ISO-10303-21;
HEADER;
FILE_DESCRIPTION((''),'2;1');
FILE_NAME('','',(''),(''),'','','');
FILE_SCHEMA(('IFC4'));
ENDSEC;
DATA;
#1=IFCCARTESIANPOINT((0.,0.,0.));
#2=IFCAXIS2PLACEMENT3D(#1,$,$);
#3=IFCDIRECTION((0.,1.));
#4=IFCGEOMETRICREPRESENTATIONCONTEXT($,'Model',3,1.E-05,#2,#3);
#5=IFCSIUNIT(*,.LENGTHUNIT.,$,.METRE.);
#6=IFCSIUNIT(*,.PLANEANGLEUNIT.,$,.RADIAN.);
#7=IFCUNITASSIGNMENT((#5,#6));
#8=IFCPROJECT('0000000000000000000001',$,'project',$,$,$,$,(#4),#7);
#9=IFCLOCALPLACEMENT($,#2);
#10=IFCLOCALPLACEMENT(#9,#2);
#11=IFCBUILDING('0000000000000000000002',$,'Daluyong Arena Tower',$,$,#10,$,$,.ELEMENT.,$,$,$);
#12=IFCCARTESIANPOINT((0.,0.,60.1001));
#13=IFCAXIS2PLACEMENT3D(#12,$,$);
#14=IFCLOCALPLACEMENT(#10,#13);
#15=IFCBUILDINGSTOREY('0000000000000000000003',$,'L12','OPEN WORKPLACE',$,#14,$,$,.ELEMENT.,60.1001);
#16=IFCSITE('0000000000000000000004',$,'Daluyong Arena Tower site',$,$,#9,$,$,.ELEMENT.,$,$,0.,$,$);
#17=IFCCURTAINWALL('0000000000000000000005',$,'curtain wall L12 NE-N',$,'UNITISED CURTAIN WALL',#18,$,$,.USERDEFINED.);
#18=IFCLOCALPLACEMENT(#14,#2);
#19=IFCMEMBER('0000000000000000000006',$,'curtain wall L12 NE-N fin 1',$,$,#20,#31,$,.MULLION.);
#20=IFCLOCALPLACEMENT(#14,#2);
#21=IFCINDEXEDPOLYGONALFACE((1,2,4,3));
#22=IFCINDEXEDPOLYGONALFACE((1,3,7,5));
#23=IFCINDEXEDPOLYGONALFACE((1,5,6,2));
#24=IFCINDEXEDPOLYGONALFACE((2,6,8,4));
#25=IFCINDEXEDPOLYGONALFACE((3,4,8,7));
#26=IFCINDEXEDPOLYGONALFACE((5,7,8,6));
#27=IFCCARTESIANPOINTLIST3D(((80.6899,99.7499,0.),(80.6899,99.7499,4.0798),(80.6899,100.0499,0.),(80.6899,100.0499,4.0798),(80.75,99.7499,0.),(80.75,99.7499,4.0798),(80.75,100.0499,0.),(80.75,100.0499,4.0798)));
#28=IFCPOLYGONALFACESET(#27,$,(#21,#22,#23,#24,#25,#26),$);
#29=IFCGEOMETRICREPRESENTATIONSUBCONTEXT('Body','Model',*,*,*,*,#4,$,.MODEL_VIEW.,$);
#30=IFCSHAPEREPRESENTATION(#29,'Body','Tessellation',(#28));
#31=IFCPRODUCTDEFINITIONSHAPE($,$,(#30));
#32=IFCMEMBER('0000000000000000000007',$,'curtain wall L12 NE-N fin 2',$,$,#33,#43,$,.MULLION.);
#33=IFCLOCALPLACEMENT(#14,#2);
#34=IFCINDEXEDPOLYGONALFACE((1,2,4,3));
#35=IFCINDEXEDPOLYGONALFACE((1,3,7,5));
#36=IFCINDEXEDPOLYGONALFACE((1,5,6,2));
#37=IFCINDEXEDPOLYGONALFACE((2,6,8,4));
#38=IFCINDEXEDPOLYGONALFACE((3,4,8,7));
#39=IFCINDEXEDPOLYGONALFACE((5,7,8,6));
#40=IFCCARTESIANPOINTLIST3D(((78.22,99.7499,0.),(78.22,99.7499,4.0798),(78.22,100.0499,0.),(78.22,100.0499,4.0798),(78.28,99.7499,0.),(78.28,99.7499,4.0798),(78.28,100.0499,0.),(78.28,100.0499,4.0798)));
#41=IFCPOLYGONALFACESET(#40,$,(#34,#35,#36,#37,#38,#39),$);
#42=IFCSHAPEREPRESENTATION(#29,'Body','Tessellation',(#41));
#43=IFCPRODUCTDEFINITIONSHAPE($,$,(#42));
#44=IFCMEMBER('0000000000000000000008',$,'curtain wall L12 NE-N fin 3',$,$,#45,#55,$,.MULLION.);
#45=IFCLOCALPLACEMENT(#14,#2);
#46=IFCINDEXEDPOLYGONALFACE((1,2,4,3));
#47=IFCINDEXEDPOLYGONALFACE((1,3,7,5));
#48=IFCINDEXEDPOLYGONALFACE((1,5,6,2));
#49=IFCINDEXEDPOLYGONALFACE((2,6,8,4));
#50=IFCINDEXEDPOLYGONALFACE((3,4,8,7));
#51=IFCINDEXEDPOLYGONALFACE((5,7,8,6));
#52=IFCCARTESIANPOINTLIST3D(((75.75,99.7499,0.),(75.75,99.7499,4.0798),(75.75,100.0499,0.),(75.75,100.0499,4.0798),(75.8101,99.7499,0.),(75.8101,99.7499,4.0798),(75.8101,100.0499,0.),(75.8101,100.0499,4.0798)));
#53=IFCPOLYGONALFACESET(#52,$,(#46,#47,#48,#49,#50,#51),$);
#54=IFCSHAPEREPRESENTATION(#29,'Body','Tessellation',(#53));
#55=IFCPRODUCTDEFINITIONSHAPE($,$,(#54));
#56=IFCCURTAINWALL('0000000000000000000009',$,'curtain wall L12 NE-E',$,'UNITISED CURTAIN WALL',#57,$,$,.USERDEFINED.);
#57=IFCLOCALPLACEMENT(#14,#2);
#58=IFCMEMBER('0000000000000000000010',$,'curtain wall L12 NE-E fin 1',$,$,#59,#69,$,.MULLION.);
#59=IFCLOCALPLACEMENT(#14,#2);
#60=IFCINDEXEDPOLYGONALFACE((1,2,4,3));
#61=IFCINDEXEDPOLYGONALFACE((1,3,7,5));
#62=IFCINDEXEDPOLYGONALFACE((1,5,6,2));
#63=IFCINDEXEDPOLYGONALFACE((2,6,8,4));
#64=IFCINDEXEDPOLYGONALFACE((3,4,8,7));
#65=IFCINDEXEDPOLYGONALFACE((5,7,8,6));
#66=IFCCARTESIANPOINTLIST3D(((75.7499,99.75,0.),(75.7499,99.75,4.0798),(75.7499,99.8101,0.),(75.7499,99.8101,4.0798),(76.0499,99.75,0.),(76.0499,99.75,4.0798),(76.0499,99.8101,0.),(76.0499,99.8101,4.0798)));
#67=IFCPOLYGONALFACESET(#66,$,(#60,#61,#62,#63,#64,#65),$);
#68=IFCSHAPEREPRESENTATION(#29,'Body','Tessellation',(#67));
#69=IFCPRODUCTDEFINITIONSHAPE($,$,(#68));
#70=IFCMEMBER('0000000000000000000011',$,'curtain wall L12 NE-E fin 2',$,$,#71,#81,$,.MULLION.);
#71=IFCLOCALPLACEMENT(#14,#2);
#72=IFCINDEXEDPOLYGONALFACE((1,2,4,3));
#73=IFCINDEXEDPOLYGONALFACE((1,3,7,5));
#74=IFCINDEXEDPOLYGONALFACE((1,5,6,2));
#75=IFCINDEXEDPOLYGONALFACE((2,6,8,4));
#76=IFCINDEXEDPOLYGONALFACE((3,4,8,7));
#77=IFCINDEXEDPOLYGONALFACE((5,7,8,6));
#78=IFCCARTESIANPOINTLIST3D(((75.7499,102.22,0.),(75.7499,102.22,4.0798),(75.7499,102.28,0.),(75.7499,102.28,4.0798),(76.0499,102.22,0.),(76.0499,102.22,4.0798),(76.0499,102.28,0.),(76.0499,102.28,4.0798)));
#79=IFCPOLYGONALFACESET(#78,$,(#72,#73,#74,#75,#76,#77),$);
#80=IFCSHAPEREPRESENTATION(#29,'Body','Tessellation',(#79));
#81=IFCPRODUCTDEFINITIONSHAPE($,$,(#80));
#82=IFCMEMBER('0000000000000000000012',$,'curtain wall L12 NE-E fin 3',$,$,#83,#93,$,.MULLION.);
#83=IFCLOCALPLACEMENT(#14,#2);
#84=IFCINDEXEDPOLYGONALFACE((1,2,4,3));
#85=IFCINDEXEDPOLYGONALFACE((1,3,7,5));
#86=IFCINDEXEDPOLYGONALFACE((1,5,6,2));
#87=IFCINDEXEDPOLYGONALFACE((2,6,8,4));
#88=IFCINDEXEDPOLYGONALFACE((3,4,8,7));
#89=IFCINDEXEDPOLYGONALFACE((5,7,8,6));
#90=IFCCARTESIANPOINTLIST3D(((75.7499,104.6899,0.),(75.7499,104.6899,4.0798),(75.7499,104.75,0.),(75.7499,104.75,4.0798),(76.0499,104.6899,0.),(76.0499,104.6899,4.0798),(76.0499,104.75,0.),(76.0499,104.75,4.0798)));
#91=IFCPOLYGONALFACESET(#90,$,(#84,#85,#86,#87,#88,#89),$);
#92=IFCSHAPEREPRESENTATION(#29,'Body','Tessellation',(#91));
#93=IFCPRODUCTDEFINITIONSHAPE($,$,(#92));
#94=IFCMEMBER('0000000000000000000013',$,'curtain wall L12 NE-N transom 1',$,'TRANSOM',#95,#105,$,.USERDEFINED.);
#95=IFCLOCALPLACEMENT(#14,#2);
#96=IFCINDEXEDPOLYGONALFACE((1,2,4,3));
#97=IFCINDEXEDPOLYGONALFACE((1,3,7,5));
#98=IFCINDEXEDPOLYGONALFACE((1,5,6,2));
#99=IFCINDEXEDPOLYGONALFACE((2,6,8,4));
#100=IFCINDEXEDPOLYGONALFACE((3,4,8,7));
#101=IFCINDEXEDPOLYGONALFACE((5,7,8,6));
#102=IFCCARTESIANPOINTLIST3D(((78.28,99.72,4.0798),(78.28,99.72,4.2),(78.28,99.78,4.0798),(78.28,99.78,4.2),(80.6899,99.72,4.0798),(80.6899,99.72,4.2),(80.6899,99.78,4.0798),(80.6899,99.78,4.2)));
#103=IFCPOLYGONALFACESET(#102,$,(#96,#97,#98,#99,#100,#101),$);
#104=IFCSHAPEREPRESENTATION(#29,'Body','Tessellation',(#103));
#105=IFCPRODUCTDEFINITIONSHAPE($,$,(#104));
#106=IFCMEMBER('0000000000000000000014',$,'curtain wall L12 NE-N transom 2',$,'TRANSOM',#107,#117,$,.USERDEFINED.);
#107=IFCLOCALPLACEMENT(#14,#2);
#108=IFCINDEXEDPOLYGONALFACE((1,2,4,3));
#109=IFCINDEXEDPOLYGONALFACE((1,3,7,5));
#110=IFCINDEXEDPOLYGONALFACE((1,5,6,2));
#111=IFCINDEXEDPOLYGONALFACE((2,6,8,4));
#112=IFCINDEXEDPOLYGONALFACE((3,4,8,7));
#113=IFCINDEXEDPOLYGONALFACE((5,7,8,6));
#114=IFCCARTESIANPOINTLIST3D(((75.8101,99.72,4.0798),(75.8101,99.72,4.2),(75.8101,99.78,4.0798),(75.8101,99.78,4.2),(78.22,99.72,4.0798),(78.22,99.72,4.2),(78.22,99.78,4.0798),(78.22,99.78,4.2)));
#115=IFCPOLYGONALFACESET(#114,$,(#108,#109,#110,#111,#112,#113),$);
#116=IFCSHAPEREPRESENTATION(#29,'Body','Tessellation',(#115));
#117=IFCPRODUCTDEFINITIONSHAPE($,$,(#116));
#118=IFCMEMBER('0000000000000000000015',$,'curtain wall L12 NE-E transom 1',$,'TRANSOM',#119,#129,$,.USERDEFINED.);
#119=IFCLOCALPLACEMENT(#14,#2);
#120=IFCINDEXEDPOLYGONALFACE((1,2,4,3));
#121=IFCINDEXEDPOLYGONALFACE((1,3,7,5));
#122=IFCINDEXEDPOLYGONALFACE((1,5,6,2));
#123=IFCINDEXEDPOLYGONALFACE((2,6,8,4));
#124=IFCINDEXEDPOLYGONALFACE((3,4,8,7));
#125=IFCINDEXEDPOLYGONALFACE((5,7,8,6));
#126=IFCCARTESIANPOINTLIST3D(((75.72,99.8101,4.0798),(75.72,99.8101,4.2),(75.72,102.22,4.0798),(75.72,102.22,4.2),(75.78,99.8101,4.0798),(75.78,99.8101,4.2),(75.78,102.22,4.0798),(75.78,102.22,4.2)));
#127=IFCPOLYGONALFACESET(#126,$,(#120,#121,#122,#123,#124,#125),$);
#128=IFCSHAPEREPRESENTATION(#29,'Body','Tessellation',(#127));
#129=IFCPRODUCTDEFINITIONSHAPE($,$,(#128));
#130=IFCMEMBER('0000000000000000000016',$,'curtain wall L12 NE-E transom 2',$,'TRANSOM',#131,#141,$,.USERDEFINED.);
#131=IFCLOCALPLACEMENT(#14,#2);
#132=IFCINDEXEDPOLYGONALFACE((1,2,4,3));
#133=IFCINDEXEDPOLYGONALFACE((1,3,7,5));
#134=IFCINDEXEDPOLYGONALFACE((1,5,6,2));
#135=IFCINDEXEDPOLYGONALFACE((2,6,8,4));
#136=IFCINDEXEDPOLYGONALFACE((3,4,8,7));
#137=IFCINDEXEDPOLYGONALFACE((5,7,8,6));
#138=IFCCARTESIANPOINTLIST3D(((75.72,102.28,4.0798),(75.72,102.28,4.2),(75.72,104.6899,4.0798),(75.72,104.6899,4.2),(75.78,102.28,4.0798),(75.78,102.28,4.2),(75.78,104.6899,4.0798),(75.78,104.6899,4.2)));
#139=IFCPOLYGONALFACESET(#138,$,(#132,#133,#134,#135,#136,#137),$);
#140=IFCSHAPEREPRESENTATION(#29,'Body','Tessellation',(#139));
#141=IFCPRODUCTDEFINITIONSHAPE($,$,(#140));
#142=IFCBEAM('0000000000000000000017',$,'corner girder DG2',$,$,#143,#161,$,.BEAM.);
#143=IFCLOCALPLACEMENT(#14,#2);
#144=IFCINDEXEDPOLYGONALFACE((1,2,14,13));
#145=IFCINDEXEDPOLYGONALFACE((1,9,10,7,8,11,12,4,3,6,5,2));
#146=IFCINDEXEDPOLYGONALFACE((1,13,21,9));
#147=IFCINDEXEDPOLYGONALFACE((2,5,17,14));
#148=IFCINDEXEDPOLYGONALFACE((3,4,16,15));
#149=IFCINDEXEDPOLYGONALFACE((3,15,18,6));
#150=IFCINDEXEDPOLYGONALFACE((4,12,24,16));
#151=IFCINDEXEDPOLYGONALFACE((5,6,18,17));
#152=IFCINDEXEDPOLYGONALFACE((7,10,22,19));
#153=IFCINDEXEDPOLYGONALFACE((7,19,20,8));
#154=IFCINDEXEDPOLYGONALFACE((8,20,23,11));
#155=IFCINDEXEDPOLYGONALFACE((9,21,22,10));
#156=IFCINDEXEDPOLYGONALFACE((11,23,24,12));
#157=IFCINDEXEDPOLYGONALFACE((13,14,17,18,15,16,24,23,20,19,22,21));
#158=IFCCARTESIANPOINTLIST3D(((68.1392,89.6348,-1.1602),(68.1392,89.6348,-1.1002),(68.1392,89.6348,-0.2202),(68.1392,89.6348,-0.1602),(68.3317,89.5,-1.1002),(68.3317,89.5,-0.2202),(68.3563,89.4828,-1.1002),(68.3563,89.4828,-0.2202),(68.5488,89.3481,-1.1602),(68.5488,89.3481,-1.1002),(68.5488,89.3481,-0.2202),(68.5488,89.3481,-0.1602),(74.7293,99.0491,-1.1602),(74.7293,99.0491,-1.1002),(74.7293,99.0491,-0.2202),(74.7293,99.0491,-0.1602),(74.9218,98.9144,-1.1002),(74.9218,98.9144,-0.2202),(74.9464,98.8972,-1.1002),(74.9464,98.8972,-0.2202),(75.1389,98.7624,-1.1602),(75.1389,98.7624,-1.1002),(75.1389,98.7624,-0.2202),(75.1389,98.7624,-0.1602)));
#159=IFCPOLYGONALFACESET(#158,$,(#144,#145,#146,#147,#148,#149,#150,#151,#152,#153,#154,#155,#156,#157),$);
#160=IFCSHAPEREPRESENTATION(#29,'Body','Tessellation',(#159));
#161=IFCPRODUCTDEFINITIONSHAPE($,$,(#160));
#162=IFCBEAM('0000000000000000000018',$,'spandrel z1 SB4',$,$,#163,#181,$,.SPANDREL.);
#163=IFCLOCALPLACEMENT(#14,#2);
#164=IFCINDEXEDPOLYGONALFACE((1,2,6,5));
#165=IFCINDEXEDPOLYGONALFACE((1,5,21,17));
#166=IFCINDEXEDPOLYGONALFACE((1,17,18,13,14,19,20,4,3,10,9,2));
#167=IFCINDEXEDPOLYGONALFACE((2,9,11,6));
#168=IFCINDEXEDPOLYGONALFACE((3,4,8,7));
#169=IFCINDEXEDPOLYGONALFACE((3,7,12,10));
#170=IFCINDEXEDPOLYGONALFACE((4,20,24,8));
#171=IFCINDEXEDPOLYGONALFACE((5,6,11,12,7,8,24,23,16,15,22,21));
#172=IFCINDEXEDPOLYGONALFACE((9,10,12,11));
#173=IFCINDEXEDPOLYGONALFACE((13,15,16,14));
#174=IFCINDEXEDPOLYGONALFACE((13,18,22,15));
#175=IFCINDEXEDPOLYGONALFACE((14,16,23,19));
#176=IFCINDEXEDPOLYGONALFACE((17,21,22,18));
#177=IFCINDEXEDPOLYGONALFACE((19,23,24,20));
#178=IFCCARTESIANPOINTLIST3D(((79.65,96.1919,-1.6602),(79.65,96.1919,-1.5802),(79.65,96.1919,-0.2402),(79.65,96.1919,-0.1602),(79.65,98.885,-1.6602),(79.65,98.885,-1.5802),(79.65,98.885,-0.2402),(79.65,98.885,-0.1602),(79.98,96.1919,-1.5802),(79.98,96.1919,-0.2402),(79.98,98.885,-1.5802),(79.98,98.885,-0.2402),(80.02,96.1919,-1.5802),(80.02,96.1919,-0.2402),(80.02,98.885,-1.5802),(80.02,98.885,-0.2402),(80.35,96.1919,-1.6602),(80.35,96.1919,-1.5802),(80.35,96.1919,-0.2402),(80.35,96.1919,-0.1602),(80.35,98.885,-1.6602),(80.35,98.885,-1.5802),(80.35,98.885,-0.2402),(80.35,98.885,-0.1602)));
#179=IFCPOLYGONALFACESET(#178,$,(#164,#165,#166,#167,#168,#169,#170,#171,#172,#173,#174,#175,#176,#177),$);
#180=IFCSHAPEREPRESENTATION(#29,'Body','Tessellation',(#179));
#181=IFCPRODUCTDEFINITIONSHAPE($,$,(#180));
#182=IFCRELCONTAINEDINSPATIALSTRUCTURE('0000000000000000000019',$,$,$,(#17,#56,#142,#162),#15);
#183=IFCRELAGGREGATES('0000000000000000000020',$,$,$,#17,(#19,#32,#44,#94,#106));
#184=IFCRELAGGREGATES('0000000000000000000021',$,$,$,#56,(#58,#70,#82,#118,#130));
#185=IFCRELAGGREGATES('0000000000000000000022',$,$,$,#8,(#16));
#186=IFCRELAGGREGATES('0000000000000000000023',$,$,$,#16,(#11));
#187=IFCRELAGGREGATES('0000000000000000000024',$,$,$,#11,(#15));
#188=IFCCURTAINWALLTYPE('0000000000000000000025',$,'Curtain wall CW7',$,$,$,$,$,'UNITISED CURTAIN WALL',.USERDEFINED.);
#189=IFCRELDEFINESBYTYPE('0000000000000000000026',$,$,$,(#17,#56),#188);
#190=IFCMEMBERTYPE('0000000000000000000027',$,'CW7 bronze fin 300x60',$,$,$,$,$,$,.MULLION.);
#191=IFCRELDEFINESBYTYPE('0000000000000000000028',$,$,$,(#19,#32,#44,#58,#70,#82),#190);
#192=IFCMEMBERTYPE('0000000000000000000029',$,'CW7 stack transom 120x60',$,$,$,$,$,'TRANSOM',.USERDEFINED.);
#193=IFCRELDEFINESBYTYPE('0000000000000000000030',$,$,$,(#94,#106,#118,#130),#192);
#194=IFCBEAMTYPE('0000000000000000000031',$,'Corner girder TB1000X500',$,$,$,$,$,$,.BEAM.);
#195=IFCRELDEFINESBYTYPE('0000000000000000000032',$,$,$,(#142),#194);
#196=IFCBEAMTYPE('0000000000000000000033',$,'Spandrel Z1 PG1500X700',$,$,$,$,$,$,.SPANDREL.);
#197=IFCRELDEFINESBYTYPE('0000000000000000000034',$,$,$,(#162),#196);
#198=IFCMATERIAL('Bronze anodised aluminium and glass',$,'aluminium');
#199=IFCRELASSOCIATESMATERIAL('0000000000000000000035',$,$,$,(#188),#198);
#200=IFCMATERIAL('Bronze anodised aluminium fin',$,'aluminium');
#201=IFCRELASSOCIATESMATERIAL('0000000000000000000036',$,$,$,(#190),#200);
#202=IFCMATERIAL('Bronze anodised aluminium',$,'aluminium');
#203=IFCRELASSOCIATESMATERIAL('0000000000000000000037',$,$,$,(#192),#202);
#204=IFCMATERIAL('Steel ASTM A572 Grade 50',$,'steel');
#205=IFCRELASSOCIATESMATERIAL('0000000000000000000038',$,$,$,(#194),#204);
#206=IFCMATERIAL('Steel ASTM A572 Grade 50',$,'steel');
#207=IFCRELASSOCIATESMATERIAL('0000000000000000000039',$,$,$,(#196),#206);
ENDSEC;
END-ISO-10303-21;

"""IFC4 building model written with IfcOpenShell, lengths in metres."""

from ifc_helpers import new_model, si_unit, direction, frame, origin, origin_2d, place, context, subcontext, project, spatial, rectangle, i_section, extrude, material, material_profile, profile_set, type_object, element, aggregate, save


model = new_model("IFC4")

# Units and contexts
model_context = context("Model", 3, precision=1e-05, world=origin(), true_north=direction((0.0, 1.0)))
body_context = subcontext(model_context, "Body", "Model", "MODEL_VIEW")
ifc_project = project(units=[si_unit("LENGTHUNIT", "METRE"), si_unit("PLANEANGLEUNIT", "RADIAN")], contexts=[model_context])

# Site, building, storey
site_placement = place(None, origin())
site = spatial("IfcSite", under=ifc_project, at=site_placement, Name="Daluyong Arena Tower site", CompositionType="ELEMENT", RefElevation=0.0)
building_placement = place(site_placement, origin())
building = spatial("IfcBuilding", under=site, at=building_placement, Name="Daluyong Arena Tower", CompositionType="ELEMENT")
storey_placement = place(building_placement, frame((0.0, 0.0, 60.1001)))
storey = spatial("IfcBuildingStorey", under=building, at=storey_placement, Name="L12", Description="OPEN WORKPLACE", CompositionType="ELEMENT", Elevation=60.1001)

# Curtain walls, members
ifc_material_1 = material(Name="Bronze anodised aluminium and glass", Category="aluminium")
curtain_wall_type_1 = type_object("IfcCurtainWallType", Name="Curtain wall CW7", ElementType="UNITISED CURTAIN WALL", PredefinedType="USERDEFINED", material=ifc_material_1)
curtain_wall_1_placement = place(storey_placement, origin())
curtain_wall_1 = element("IfcCurtainWall", 1, at=curtain_wall_1_placement, inside=storey, type_object=curtain_wall_type_1, Name="curtain wall L12 NE-N", ObjectType="UNITISED CURTAIN WALL", PredefinedType="USERDEFINED")
ifc_material_2 = material(Name="Bronze anodised aluminium fin", Category="aluminium")
ifc_material_profile_1 = material_profile(ifc_material_2, rectangle(XDim=0.3, YDim=0.0601, at=origin_2d()))
ifc_profile_set_1 = profile_set([ifc_material_profile_1], Name="Bronze anodised aluminium fin")
member_type_1 = type_object("IfcMemberType", Name="CW7 bronze fin 300x60", PredefinedType="MULLION", material=ifc_profile_set_1)
member_1_placement = place(storey_placement, frame((80.72, 99.8999, 0.0), z_axis=(0.0, 0.0, 1.0), x_axis=(0.0, -1.0, 0.0)))
member_1 = element("IfcMember", 2, at=member_1_placement, type_object=member_type_1, Name="curtain wall L12 NE-N fin 1", PredefinedType="MULLION", context=body_context, shape_type="SweptSolid", body=[
    extrude(rectangle(XDim=0.3, YDim=0.0601, at=origin_2d()), origin(), (0.0, 0.0, 1.0), 4.0798),
])
member_2_placement = place(storey_placement, frame((78.25, 99.8999, 0.0), z_axis=(0.0, 0.0, 1.0), x_axis=(0.0, -1.0, 0.0)))
member_2 = element("IfcMember", 3, at=member_2_placement, type_object=member_type_1, Name="curtain wall L12 NE-N fin 2", PredefinedType="MULLION", context=body_context, shape_type="SweptSolid", body=[
    extrude(rectangle(XDim=0.3, YDim=0.0601, at=origin_2d()), origin(), (0.0, 0.0, 1.0), 4.0798),
])
member_3_placement = place(storey_placement, frame((75.78, 99.8999, 0.0), z_axis=(0.0, 0.0, 1.0), x_axis=(0.0, -1.0, 0.0)))
member_3 = element("IfcMember", 4, at=member_3_placement, type_object=member_type_1, Name="curtain wall L12 NE-N fin 3", PredefinedType="MULLION", context=body_context, shape_type="SweptSolid", body=[
    extrude(rectangle(XDim=0.3, YDim=0.0601, at=origin_2d()), origin(), (0.0, 0.0, 1.0), 4.0798),
])
curtain_wall_2_placement = place(storey_placement, origin())
curtain_wall_2 = element("IfcCurtainWall", 5, at=curtain_wall_2_placement, inside=storey, type_object=curtain_wall_type_1, Name="curtain wall L12 NE-E", ObjectType="UNITISED CURTAIN WALL", PredefinedType="USERDEFINED")
member_4_placement = place(storey_placement, frame((75.8999, 99.78, 0.0), z_axis=(0.0, 0.0, 1.0), x_axis=(-1.0, 0.0, 0.0)))
member_4 = element("IfcMember", 6, at=member_4_placement, type_object=member_type_1, Name="curtain wall L12 NE-E fin 1", PredefinedType="MULLION", context=body_context, shape_type="SweptSolid", body=[
    extrude(rectangle(XDim=0.3, YDim=0.0601, at=origin_2d()), origin(), (0.0, 0.0, 1.0), 4.0798),
])
member_5_placement = place(storey_placement, frame((75.8999, 102.25, 0.0), z_axis=(0.0, 0.0, 1.0), x_axis=(-1.0, 0.0, 0.0)))
member_5 = element("IfcMember", 7, at=member_5_placement, type_object=member_type_1, Name="curtain wall L12 NE-E fin 2", PredefinedType="MULLION", context=body_context, shape_type="SweptSolid", body=[
    extrude(rectangle(XDim=0.3, YDim=0.0601, at=origin_2d()), origin(), (0.0, 0.0, 1.0), 4.0798),
])
member_6_placement = place(storey_placement, frame((75.8999, 104.72, 0.0), z_axis=(0.0, 0.0, 1.0), x_axis=(-1.0, 0.0, 0.0)))
member_6 = element("IfcMember", 8, at=member_6_placement, type_object=member_type_1, Name="curtain wall L12 NE-E fin 3", PredefinedType="MULLION", context=body_context, shape_type="SweptSolid", body=[
    extrude(rectangle(XDim=0.3, YDim=0.0601, at=origin_2d()), origin(), (0.0, 0.0, 1.0), 4.0798),
])

# Members
ifc_material_3 = material(Name="Bronze anodised aluminium", Category="aluminium")
ifc_material_profile_2 = material_profile(ifc_material_3, rectangle(XDim=0.0601, YDim=0.1201, at=origin_2d()))
ifc_profile_set_2 = profile_set([ifc_material_profile_2], Name="Bronze anodised aluminium")
member_type_2 = type_object("IfcMemberType", Name="CW7 stack transom 120x60", ElementType="TRANSOM", PredefinedType="USERDEFINED", material=ifc_profile_set_2)
member_7_placement = place(storey_placement, frame((80.6899, 99.75, 4.1399), z_axis=(-1.0, 0.0, 0.0), x_axis=(0.0, -1.0, 0.0)))
member_7 = element("IfcMember", 9, at=member_7_placement, type_object=member_type_2, Name="curtain wall L12 NE-N transom 1", ObjectType="TRANSOM", PredefinedType="USERDEFINED", context=body_context, shape_type="SweptSolid", body=[
    extrude(rectangle(XDim=0.0601, YDim=0.1201, at=origin_2d()), origin(), (0.0, 0.0, 1.0), 2.4099),
])
member_8_placement = place(storey_placement, frame((78.22, 99.75, 4.1399), z_axis=(-1.0, 0.0, 0.0), x_axis=(0.0, -1.0, 0.0)))
member_8 = element("IfcMember", 10, at=member_8_placement, type_object=member_type_2, Name="curtain wall L12 NE-N transom 2", ObjectType="TRANSOM", PredefinedType="USERDEFINED", context=body_context, shape_type="SweptSolid", body=[
    extrude(rectangle(XDim=0.0601, YDim=0.1201, at=origin_2d()), origin(), (0.0, 0.0, 1.0), 2.4099),
])
member_9_placement = place(storey_placement, frame((75.75, 99.8101, 4.1399), z_axis=(0.0, 1.0, 0.0), x_axis=(-1.0, 0.0, 0.0)))
member_9 = element("IfcMember", 11, at=member_9_placement, type_object=member_type_2, Name="curtain wall L12 NE-E transom 1", ObjectType="TRANSOM", PredefinedType="USERDEFINED", context=body_context, shape_type="SweptSolid", body=[
    extrude(rectangle(XDim=0.0601, YDim=0.1201, at=origin_2d()), origin(), (0.0, 0.0, 1.0), 2.4099),
])
member_10_placement = place(storey_placement, frame((75.75, 102.28, 4.1399), z_axis=(0.0, 1.0, 0.0), x_axis=(-1.0, 0.0, 0.0)))
member_10 = element("IfcMember", 12, at=member_10_placement, type_object=member_type_2, Name="curtain wall L12 NE-E transom 2", ObjectType="TRANSOM", PredefinedType="USERDEFINED", context=body_context, shape_type="SweptSolid", body=[
    extrude(rectangle(XDim=0.0601, YDim=0.1201, at=origin_2d()), origin(), (0.0, 0.0, 1.0), 2.4099),
])

# Beams
ifc_material_4 = material(Name="Steel ASTM A572 Grade 50", Category="steel")
ifc_material_profile_3 = material_profile(ifc_material_4, i_section(OverallWidth=0.5, OverallDepth=1.0, WebThickness=0.03, FlangeThickness=0.06, at=origin_2d()))
ifc_profile_set_3 = profile_set([ifc_material_profile_3], Name="Steel ASTM A572 Grade 50")
beam_type_1 = type_object("IfcBeamType", Name="Corner girder TB1000X500", PredefinedType="BEAM", material=ifc_profile_set_3)
beam_1_placement = place(storey_placement, frame((74.9341, 98.9058, -0.6602), z_axis=(-0.573467, -0.819229, 0.0), x_axis=(0.819229, -0.573467, 0.0)))
element("IfcBeam", 13, at=beam_1_placement, inside=storey, type_object=beam_type_1, Name="corner girder DG2", PredefinedType="BEAM", context=body_context, shape_type="SweptSolid", body=[
    extrude(i_section(OverallWidth=0.5, OverallDepth=1.0, WebThickness=0.03, FlangeThickness=0.06, at=origin_2d()), origin(), (0.0, 0.0, 1.0), 11.4917),
])
ifc_material_5 = material(Name="Steel ASTM A572 Grade 50", Category="steel")
ifc_material_profile_4 = material_profile(ifc_material_5, i_section(OverallWidth=0.7, OverallDepth=1.5, WebThickness=0.04, FlangeThickness=0.08, at=origin_2d()))
ifc_profile_set_4 = profile_set([ifc_material_profile_4], Name="Steel ASTM A572 Grade 50")
beam_type_2 = type_object("IfcBeamType", Name="Spandrel Z1 PG1500X700", PredefinedType="SPANDREL", material=ifc_profile_set_4)
beam_2_placement = place(storey_placement, frame((80.0, 96.1919, -0.9102), z_axis=(0.0, 1.0, 0.0), x_axis=(-1.0, 0.0, 0.0)))
element("IfcBeam", 14, at=beam_2_placement, inside=storey, type_object=beam_type_2, Name="spandrel z1 SB4", PredefinedType="SPANDREL", context=body_context, shape_type="SweptSolid", body=[
    extrude(i_section(OverallWidth=0.7, OverallDepth=1.5, WebThickness=0.04, FlangeThickness=0.08, at=origin_2d()), origin(), (0.0, 0.0, 1.0), 2.6931),
])

aggregate(curtain_wall_1, [member_1, member_2, member_3, member_7, member_8])
aggregate(curtain_wall_2, [member_4, member_5, member_6, member_9, member_10])

save(model, "model.ifc")
